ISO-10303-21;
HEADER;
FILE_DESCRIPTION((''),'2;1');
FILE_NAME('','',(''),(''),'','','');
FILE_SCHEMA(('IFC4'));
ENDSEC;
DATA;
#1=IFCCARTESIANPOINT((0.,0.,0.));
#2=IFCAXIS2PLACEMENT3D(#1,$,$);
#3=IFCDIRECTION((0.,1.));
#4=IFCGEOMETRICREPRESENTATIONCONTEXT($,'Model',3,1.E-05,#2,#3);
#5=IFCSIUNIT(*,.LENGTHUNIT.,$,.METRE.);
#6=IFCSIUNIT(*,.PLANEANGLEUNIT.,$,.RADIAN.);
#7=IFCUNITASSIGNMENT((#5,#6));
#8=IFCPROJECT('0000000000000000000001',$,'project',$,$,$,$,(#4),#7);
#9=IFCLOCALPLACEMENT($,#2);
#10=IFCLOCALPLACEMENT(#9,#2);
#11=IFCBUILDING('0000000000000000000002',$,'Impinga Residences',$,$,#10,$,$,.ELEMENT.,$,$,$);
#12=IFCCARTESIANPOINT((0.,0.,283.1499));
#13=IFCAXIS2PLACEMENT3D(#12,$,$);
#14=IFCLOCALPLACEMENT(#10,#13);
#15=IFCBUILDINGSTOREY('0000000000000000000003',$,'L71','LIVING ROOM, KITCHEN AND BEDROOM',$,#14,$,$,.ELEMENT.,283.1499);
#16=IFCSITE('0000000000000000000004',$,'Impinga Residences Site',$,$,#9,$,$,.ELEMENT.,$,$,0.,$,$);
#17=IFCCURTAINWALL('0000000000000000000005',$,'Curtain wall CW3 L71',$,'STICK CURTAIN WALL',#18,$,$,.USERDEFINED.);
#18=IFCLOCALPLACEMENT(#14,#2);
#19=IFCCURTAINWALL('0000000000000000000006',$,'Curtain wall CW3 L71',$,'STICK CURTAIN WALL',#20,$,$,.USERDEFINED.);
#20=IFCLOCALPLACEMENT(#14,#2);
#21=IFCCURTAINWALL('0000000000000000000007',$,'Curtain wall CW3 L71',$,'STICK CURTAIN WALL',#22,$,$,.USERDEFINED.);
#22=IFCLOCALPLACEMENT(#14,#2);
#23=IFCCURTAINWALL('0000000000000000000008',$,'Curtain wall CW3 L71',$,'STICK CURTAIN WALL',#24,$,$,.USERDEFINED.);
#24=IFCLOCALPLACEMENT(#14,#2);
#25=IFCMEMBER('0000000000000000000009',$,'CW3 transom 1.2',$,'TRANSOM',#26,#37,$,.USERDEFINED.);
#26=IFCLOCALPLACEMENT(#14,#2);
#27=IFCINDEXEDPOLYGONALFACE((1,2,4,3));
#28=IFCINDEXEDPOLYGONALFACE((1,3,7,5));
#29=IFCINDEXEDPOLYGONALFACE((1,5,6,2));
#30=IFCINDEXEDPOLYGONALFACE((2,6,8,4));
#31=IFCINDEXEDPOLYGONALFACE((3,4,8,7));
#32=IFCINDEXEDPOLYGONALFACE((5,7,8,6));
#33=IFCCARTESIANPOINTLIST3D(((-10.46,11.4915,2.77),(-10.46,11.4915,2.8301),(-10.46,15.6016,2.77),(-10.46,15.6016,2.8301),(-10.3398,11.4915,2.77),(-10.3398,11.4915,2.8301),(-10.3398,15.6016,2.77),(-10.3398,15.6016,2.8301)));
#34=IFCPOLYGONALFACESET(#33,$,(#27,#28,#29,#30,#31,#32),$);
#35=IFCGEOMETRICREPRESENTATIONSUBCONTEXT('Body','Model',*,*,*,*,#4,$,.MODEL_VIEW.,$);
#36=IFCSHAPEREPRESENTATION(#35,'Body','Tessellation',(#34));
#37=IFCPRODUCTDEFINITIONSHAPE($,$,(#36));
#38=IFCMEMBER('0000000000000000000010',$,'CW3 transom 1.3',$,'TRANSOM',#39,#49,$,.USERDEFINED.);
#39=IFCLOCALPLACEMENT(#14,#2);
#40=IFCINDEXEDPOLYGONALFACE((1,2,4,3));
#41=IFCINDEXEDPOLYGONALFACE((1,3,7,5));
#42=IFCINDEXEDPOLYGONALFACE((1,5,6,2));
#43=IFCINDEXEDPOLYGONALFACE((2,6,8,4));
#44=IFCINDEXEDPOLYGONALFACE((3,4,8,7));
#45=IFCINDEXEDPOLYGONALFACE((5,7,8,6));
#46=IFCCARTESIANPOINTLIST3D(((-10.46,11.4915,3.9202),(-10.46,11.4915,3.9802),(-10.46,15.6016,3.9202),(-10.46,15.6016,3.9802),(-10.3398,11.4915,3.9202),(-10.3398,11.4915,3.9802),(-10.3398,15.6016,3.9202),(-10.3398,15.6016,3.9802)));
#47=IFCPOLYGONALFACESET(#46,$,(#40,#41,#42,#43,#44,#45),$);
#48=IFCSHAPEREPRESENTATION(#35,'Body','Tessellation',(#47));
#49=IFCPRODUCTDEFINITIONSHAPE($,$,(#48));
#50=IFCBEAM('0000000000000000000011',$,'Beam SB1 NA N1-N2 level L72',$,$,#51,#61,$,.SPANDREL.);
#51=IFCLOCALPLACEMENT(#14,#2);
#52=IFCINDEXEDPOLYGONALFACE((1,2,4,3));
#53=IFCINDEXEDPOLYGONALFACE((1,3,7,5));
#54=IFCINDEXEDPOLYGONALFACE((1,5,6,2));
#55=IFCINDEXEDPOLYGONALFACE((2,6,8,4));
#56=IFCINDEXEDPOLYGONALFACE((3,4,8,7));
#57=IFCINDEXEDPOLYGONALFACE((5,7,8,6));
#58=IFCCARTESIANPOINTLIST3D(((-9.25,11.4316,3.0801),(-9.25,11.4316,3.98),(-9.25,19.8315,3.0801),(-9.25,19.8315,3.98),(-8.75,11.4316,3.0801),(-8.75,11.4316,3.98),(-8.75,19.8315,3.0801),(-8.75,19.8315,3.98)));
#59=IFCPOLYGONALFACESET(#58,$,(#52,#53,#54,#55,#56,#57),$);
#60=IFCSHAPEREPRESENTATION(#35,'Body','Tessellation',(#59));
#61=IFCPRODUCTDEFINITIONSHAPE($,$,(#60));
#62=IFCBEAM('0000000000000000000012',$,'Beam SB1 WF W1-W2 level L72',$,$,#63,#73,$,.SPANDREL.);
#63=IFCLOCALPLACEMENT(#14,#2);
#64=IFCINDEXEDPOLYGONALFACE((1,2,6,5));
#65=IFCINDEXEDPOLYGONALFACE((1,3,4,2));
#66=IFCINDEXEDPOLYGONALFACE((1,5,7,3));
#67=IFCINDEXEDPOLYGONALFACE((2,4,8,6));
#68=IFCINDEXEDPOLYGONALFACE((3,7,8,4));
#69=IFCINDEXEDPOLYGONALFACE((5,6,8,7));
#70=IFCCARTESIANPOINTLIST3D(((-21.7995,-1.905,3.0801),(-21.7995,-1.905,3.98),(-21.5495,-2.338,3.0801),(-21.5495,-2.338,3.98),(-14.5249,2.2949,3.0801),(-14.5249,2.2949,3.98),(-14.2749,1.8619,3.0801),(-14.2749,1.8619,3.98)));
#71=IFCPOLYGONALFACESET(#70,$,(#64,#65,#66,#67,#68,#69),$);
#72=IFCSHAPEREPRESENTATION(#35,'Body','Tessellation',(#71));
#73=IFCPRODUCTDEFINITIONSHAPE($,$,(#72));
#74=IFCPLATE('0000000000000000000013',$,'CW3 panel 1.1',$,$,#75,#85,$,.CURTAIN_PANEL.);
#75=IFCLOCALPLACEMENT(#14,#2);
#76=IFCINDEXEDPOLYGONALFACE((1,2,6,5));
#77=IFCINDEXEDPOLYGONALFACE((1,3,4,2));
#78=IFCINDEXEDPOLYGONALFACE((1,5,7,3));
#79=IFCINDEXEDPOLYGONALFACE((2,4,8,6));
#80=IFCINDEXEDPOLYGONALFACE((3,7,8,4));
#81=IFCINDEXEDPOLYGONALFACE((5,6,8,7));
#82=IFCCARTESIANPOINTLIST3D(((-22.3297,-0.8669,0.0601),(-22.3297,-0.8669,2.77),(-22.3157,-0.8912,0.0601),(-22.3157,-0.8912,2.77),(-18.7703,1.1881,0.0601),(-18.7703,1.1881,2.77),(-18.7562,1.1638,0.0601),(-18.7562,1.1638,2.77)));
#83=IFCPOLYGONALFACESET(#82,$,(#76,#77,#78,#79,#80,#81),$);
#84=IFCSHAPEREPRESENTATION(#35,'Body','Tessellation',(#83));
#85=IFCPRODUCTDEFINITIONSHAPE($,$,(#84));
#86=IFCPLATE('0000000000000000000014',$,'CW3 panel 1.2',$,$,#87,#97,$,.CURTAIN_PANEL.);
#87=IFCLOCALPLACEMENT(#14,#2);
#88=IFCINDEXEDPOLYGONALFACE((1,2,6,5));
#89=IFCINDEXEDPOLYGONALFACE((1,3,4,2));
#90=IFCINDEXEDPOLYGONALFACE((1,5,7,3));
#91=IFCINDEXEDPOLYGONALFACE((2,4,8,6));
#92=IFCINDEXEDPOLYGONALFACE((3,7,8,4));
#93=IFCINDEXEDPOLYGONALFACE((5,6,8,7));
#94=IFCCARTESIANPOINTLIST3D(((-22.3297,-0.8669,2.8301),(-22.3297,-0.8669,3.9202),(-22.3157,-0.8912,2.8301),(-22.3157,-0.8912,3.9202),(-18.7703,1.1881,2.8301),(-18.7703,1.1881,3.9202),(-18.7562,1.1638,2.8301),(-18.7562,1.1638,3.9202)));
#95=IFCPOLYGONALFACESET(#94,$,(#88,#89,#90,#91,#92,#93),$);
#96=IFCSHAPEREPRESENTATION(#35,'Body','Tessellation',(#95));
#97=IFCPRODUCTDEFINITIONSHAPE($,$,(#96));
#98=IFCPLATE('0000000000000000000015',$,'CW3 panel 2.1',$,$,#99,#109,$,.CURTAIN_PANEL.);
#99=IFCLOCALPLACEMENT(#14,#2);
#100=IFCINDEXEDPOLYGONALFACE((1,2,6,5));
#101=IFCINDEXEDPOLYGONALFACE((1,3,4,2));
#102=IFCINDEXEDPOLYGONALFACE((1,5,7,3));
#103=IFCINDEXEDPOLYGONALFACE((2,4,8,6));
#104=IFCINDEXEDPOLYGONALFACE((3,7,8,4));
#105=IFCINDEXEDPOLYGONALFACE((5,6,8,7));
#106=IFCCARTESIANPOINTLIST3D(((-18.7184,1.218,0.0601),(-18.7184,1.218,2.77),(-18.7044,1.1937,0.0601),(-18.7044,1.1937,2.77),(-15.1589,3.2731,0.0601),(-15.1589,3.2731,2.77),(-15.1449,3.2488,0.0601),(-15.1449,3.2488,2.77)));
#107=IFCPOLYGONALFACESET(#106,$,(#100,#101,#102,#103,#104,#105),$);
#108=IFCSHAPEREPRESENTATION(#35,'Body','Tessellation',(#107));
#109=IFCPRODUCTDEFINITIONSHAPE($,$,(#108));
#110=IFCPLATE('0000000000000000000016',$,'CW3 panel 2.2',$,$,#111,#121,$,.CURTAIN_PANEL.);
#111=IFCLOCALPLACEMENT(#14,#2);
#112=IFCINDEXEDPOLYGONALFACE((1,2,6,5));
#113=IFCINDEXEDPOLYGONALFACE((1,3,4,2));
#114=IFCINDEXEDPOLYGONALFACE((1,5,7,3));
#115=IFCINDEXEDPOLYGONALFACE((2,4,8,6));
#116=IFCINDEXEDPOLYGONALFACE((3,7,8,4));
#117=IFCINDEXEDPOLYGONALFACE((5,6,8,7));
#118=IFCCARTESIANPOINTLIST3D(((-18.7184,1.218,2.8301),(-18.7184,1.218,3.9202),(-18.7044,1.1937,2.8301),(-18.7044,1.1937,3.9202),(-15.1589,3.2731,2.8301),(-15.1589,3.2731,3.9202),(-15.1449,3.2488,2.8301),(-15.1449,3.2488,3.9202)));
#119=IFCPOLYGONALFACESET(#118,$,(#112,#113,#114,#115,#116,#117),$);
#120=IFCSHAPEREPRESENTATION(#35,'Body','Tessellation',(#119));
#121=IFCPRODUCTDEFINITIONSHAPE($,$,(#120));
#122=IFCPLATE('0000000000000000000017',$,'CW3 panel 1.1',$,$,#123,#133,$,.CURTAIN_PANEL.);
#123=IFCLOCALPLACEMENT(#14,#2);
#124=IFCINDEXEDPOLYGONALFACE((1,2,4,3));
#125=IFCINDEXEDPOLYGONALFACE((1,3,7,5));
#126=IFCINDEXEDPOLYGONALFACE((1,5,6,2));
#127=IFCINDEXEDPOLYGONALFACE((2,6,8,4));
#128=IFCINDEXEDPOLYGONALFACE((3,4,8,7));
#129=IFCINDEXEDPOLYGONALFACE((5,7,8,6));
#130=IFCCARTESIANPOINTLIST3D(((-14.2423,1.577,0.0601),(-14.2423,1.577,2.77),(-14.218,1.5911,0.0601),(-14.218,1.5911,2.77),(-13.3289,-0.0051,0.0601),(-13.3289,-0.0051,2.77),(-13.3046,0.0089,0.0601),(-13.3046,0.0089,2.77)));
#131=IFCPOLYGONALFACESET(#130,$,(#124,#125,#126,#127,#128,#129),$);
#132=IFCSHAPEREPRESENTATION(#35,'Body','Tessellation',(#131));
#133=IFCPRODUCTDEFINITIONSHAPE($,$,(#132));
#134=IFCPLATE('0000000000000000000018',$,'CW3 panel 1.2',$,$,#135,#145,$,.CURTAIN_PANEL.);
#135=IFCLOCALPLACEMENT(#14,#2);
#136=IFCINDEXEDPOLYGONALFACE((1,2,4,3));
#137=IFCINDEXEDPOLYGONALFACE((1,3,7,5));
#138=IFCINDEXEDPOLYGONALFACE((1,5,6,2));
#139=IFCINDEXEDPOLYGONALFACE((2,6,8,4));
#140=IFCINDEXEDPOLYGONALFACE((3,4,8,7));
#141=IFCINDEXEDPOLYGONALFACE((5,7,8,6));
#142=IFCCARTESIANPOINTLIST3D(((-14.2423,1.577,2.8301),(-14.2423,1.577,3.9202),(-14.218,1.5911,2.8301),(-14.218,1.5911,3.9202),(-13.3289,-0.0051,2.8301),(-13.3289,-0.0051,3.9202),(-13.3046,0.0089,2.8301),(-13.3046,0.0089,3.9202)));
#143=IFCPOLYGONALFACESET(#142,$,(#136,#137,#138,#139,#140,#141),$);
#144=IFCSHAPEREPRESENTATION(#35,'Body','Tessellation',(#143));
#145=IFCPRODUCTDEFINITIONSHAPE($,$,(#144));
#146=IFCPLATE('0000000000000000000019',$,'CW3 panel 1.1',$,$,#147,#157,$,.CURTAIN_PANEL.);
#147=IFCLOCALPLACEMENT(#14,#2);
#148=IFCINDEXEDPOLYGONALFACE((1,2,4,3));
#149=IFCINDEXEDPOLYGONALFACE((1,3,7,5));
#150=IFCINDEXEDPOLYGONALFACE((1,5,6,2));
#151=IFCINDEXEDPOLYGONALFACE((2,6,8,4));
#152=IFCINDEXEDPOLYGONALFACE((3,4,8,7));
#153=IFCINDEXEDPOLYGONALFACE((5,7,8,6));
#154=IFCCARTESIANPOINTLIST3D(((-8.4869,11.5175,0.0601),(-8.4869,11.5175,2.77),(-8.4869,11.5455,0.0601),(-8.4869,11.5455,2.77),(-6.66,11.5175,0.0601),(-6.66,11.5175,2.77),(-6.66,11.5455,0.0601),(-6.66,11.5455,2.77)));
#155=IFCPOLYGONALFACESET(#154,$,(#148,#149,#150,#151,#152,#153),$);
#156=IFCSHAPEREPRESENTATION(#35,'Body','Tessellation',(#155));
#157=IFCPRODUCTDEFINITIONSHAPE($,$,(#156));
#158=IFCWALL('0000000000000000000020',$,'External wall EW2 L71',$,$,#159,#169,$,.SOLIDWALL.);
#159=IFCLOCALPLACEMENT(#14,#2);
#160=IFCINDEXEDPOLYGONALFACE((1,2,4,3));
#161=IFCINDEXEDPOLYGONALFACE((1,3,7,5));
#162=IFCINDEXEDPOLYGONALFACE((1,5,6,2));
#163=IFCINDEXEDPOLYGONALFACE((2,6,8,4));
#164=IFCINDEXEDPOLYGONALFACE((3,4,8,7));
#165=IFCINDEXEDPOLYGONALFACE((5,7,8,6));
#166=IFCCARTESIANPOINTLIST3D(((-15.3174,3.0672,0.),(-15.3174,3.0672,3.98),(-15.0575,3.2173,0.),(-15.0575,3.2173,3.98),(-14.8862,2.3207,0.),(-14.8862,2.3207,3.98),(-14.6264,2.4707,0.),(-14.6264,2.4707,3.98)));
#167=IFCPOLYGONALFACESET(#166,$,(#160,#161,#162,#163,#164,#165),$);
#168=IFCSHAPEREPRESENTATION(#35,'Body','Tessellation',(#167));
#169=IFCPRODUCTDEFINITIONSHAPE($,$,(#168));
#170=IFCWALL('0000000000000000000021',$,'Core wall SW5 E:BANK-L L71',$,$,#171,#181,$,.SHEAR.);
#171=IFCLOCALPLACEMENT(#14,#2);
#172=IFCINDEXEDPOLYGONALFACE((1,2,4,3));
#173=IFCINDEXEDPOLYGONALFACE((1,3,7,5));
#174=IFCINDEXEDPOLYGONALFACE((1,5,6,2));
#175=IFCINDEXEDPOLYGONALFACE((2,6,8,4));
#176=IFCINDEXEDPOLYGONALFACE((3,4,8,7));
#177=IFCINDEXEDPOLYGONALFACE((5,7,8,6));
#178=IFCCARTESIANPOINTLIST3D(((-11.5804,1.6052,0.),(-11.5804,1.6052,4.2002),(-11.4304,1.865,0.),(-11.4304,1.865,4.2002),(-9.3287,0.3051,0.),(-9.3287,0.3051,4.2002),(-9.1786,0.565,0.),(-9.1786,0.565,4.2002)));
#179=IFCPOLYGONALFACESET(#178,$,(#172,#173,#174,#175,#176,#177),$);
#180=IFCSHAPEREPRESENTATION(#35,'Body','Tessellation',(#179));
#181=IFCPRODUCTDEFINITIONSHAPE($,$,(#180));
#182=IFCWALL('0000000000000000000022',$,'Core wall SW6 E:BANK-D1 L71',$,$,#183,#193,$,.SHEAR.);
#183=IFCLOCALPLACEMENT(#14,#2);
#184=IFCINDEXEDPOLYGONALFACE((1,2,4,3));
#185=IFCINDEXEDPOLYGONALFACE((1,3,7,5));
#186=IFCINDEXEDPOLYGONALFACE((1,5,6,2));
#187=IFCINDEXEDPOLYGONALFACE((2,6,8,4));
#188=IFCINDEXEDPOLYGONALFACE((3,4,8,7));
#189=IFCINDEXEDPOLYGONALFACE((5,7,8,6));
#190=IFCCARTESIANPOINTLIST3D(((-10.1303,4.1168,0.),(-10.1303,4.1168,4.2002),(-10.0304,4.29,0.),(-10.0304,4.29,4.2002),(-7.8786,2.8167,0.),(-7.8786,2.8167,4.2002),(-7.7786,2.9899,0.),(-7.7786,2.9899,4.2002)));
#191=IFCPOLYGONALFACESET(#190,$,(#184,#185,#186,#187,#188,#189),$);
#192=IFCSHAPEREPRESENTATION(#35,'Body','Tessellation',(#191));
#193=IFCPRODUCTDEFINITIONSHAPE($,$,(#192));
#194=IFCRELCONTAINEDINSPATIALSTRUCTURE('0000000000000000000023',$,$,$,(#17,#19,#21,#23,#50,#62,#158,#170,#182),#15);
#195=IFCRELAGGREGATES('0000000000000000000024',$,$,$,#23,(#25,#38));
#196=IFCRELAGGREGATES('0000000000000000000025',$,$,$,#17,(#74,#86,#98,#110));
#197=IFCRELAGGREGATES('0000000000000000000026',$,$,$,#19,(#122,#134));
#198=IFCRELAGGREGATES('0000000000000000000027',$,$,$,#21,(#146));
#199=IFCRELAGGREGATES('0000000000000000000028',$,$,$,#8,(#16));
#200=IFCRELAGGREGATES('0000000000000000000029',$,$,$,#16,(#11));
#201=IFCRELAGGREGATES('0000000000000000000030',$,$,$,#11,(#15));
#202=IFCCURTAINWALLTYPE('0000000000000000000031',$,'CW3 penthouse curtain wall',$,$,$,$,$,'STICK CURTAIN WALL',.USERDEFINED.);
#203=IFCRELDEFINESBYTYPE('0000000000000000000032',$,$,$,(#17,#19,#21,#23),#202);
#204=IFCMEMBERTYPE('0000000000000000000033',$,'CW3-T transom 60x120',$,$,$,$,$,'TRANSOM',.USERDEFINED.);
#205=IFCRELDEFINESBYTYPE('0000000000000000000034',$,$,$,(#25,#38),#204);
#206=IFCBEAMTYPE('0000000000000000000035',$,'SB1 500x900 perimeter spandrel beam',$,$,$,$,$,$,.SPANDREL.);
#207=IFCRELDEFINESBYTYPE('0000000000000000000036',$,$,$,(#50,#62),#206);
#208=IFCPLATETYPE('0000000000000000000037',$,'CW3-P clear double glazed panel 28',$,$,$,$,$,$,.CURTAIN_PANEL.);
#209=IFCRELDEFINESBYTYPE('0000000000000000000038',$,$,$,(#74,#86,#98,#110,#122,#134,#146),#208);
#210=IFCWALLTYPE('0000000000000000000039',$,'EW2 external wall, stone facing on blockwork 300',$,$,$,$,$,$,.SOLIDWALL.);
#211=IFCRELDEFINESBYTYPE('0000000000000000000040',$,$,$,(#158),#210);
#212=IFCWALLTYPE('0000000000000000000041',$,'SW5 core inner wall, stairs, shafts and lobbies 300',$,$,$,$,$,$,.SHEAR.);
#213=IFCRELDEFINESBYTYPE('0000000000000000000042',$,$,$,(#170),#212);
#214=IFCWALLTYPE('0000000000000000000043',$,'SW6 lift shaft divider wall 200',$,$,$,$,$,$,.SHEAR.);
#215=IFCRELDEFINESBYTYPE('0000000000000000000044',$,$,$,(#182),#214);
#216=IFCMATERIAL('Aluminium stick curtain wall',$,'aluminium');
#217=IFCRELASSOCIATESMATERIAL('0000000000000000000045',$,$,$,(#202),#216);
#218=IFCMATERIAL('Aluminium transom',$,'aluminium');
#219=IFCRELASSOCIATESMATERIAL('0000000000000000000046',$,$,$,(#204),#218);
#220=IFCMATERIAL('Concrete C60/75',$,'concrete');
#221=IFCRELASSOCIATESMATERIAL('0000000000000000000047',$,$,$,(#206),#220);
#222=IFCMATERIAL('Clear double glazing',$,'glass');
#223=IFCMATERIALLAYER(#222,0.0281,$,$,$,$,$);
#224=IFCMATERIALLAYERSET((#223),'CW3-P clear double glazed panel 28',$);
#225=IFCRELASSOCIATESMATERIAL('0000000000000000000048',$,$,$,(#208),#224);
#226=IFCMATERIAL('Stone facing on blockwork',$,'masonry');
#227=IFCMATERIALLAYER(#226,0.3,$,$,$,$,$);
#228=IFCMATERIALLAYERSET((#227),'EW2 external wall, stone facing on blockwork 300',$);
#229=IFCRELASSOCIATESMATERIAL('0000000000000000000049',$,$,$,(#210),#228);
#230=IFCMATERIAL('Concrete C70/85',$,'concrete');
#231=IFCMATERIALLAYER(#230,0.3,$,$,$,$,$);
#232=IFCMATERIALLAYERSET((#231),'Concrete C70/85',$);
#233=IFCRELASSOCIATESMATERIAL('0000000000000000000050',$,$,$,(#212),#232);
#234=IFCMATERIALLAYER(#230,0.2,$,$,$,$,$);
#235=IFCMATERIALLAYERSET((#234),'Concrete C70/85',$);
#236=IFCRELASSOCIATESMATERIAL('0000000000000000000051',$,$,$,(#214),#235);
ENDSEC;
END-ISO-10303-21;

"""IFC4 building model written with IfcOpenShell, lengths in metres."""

from ifc_helpers import new_model, si_unit, direction, frame, frame_2d, origin, origin_2d, place, context, subcontext, project, spatial, rectangle, extrude, material, layer, layer_set, material_profile, profile_set, type_object, element, aggregate, save


model = new_model("IFC4")

# Units and contexts
model_context = context("Model", 3, precision=1e-05, world=origin(), true_north=direction((0.0, 1.0)))
body_context = subcontext(model_context, "Body", "Model", "MODEL_VIEW")
ifc_project = project(units=[si_unit("LENGTHUNIT", "METRE"), si_unit("PLANEANGLEUNIT", "RADIAN")], contexts=[model_context])

# Site, building, storey
site_placement = place(None, origin())
site = spatial("IfcSite", under=ifc_project, at=site_placement, Name="Impinga Residences Site", CompositionType="ELEMENT", RefElevation=0.0)
building_placement = place(site_placement, origin())
building = spatial("IfcBuilding", under=site, at=building_placement, Name="Impinga Residences", CompositionType="ELEMENT")
storey_placement = place(building_placement, frame((0.0, 0.0, 283.1499)))
storey = spatial("IfcBuildingStorey", under=building, at=storey_placement, Name="L71", Description="LIVING ROOM, KITCHEN AND BEDROOM", CompositionType="ELEMENT", Elevation=283.1499)

# Shared definitions
ifc_material_1 = material(Name="Concrete C60/75", Category="concrete")

# Curtain wall
ifc_material_2 = material(Name="Aluminium stick curtain wall", Category="aluminium")
curtain_wall_type = type_object("IfcCurtainWallType", Name="CW3 penthouse curtain wall", ElementType="STICK CURTAIN WALL", PredefinedType="USERDEFINED", material=ifc_material_2)
curtain_wall_1_placement = place(storey_placement, origin())
curtain_wall_1 = element("IfcCurtainWall", 1, at=curtain_wall_1_placement, inside=storey, type_object=curtain_wall_type, Name="Curtain wall CW3 L71", ObjectType="STICK CURTAIN WALL", PredefinedType="USERDEFINED")

# Curtain walls
curtain_wall_2_placement = place(storey_placement, origin())
curtain_wall_2 = element("IfcCurtainWall", 2, at=curtain_wall_2_placement, inside=storey, type_object=curtain_wall_type, Name="Curtain wall CW3 L71", ObjectType="STICK CURTAIN WALL", PredefinedType="USERDEFINED")
curtain_wall_3_placement = place(storey_placement, origin())
curtain_wall_3 = element("IfcCurtainWall", 3, at=curtain_wall_3_placement, inside=storey, type_object=curtain_wall_type, Name="Curtain wall CW3 L71", ObjectType="STICK CURTAIN WALL", PredefinedType="USERDEFINED")
curtain_wall_4_placement = place(storey_placement, origin())
curtain_wall_4 = element("IfcCurtainWall", 4, at=curtain_wall_4_placement, inside=storey, type_object=curtain_wall_type, Name="Curtain wall CW3 L71", ObjectType="STICK CURTAIN WALL", PredefinedType="USERDEFINED")

# Members
ifc_material_3 = material(Name="Aluminium transom", Category="aluminium")
ifc_material_profile_1 = material_profile(ifc_material_3, rectangle(XDim=0.0601, YDim=0.1201, at=origin_2d()), Name="60x120 transom")
ifc_profile_set_1 = profile_set([ifc_material_profile_1], Name="Aluminium transom")
member_type_1 = type_object("IfcMemberType", Name="CW3-T transom 60x120", ElementType="TRANSOM", PredefinedType="USERDEFINED", material=ifc_profile_set_1)
member_1_placement = place(storey_placement, frame((-10.3999, 11.4915, 2.8), z_axis=(0.0, 1.0, 0.0), x_axis=(0.0, 0.0, 1.0)))
member_1 = element("IfcMember", 5, at=member_1_placement, type_object=member_type_1, Name="CW3 transom 1.2", ObjectType="TRANSOM", PredefinedType="USERDEFINED", context=body_context, shape_type="SweptSolid", body=[
    extrude(rectangle(XDim=0.0601, YDim=0.1201, at=origin_2d()), origin(), (0.0, 0.0, 1.0), 4.1101),
])
member_2_placement = place(storey_placement, frame((-10.3999, 11.4915, 3.9502), z_axis=(0.0, 1.0, 0.0), x_axis=(0.0, 0.0, 1.0)))
member_2 = element("IfcMember", 6, at=member_2_placement, type_object=member_type_1, Name="CW3 transom 1.3", ObjectType="TRANSOM", PredefinedType="USERDEFINED", context=body_context, shape_type="SweptSolid", body=[
    extrude(rectangle(XDim=0.0601, YDim=0.1201, at=origin_2d()), origin(), (0.0, 0.0, 1.0), 4.1101),
])
aggregate(curtain_wall_4, [member_1, member_2])

# Beams
ifc_material_profile_2 = material_profile(ifc_material_1, rectangle(XDim=0.5, YDim=0.8999, at=origin_2d()), Name="RC 500x900")
ifc_profile_set_2 = profile_set([ifc_material_profile_2], Name="Concrete C60/75")
beam_type = type_object("IfcBeamType", Name="SB1 500x900 perimeter spandrel beam", PredefinedType="SPANDREL", material=ifc_profile_set_2)
for number, where, z_axis, x_axis, name in (
    (7, (-9.0, 11.4316, 3.53), (0.0, 1.0, 0.0), (-1.0, 0.0, 0.0), "Beam SB1 NA N1-N2 level L72"),
    (8, (-14.3999, 2.0784, 3.53), (-0.866029, -0.499993, 0.0), (0.499993, -0.866029, 0.0), "Beam SB1 WF W1-W2 level L72"),
):
    element("IfcBeam", number, at=place(storey_placement, frame(where, z_axis=z_axis, x_axis=x_axis)), inside=storey, type_object=beam_type, Name=name, PredefinedType="SPANDREL", context=body_context, shape_type="SweptSolid", body=[
        extrude(rectangle(XDim=0.5, YDim=0.8999, at=origin_2d()), origin(), (0.0, 0.0, 1.0), 8.3999),
    ])

# Plates
ifc_material_4 = material(Name="Clear double glazing", Category="glass")
ifc_layer_1 = layer(ifc_material_4, 0.0281)
ifc_layer_set_1 = layer_set([ifc_layer_1], Name="CW3-P clear double glazed panel 28")
plate_type = type_object("IfcPlateType", Name="CW3-P clear double glazed panel 28", PredefinedType="CURTAIN_PANEL", material=ifc_layer_set_1)
plate_1_placement = place(storey_placement, frame((-20.543, 0.1484, 0.0601), z_axis=(0.0, 0.0, 1.0), x_axis=(0.866025, 0.5, 0.0)))
plate_1 = element("IfcPlate", 9, at=plate_1_placement, type_object=plate_type, Name="CW3 panel 1.1", PredefinedType="CURTAIN_PANEL", context=body_context, shape_type="SweptSolid", body=[
    extrude(rectangle(XDim=4.1101, YDim=0.0281, at=origin_2d()), origin(), (0.0, 0.0, 1.0), 2.71),
])
plate_2_placement = place(storey_placement, frame((-20.543, 0.1484, 2.8301), z_axis=(0.0, 0.0, 1.0), x_axis=(0.866025, 0.5, 0.0)))
plate_2 = element("IfcPlate", 10, at=plate_2_placement, type_object=plate_type, Name="CW3 panel 1.2", PredefinedType="CURTAIN_PANEL", context=body_context, shape_type="SweptSolid", body=[
    extrude(rectangle(XDim=4.1101, YDim=0.0281, at=origin_2d()), origin(), (0.0, 0.0, 1.0), 1.0901),
])
plate_3_placement = place(storey_placement, frame((-16.9316, 2.2334, 0.0601), z_axis=(0.0, 0.0, 1.0), x_axis=(0.866025, 0.5, 0.0)))
plate_3 = element("IfcPlate", 11, at=plate_3_placement, type_object=plate_type, Name="CW3 panel 2.1", PredefinedType="CURTAIN_PANEL", context=body_context, shape_type="SweptSolid", body=[
    extrude(rectangle(XDim=4.1101, YDim=0.0281, at=origin_2d()), origin(), (0.0, 0.0, 1.0), 2.71),
])
plate_4_placement = place(storey_placement, frame((-16.9316, 2.2334, 2.8301), z_axis=(0.0, 0.0, 1.0), x_axis=(0.866025, 0.5, 0.0)))
plate_4 = element("IfcPlate", 12, at=plate_4_placement, type_object=plate_type, Name="CW3 panel 2.2", PredefinedType="CURTAIN_PANEL", context=body_context, shape_type="SweptSolid", body=[
    extrude(rectangle(XDim=4.1101, YDim=0.0281, at=origin_2d()), origin(), (0.0, 0.0, 1.0), 1.0901),
])
aggregate(curtain_wall_1, [plate_1, plate_2, plate_3, plate_4])
plate_5_placement = place(storey_placement, frame((-13.7734, 0.793, 0.0601), z_axis=(0.0, 0.0, 1.0), x_axis=(0.5, -0.866025, 0.0)))
plate_5 = element("IfcPlate", 13, at=plate_5_placement, type_object=plate_type, Name="CW3 panel 1.1", PredefinedType="CURTAIN_PANEL", context=body_context, shape_type="SweptSolid", body=[
    extrude(rectangle(XDim=1.8269, YDim=0.0281, at=origin_2d()), origin(), (0.0, 0.0, 1.0), 2.71),
])
plate_6_placement = place(storey_placement, frame((-13.7734, 0.793, 2.8301), z_axis=(0.0, 0.0, 1.0), x_axis=(0.5, -0.866025, 0.0)))
plate_6 = element("IfcPlate", 14, at=plate_6_placement, type_object=plate_type, Name="CW3 panel 1.2", PredefinedType="CURTAIN_PANEL", context=body_context, shape_type="SweptSolid", body=[
    extrude(rectangle(XDim=1.8269, YDim=0.0281, at=origin_2d()), origin(), (0.0, 0.0, 1.0), 1.0901),
])
aggregate(curtain_wall_2, [plate_5, plate_6])
plate_7_placement = place(storey_placement, frame((-7.5735, 11.5315, 0.0601), z_axis=(0.0, 0.0, 1.0), x_axis=(-1.0, 0.0, 0.0)))
plate_7 = element("IfcPlate", 15, at=plate_7_placement, type_object=plate_type, Name="CW3 panel 1.1", PredefinedType="CURTAIN_PANEL", context=body_context, shape_type="SweptSolid", body=[
    extrude(rectangle(XDim=1.8269, YDim=0.0281, at=origin_2d()), origin(), (0.0, 0.0, 1.0), 2.71),
])
aggregate(curtain_wall_3, [plate_7])

# Walls
ifc_material_5 = material(Name="Stone facing on blockwork", Category="masonry")
ifc_layer_2 = layer(ifc_material_5, 0.3)
ifc_layer_set_2 = layer_set([ifc_layer_2], Name="EW2 external wall, stone facing on blockwork 300")
wall_type_1 = type_object("IfcWallType", Name="EW2 external wall, stone facing on blockwork 300", PredefinedType="SOLIDWALL", material=ifc_layer_set_2)
wall_1_placement = place(storey_placement, frame((-15.1875, 3.1423, 0.0), z_axis=(0.0, 0.0, 1.0), x_axis=(0.500098, -0.865969, 0.0)))
element("IfcWall", 16, at=wall_1_placement, inside=storey, type_object=wall_type_1, Name="External wall EW2 L71", PredefinedType="SOLIDWALL", context=body_context, shape_type="SweptSolid", body=[
    extrude(rectangle(XDim=0.8621, YDim=0.3, at=frame_2d((0.4312, 0.0))), origin(), (0.0, 0.0, 1.0), 3.98),
])
ifc_material_6 = material(Name="Concrete C70/85", Category="concrete")
ifc_layer_3 = layer(ifc_material_6, 0.3)
ifc_layer_set_3 = layer_set([ifc_layer_3], Name="Concrete C70/85")
wall_type_2 = type_object("IfcWallType", Name="SW5 core inner wall, stairs, shafts and lobbies 300", PredefinedType="SHEAR", material=ifc_layer_set_3)
wall_2_placement = place(storey_placement, frame((-9.2537, 0.4351, 0.0), z_axis=(0.0, 0.0, 1.0), x_axis=(-0.866021, 0.500007, 0.0)))
element("IfcWall", 17, at=wall_2_placement, inside=storey, type_object=wall_type_2, Name="Core wall SW5 E:BANK-L L71", PredefinedType="SHEAR", context=body_context, shape_type="SweptSolid", body=[
    extrude(rectangle(XDim=2.6001, YDim=0.3, at=frame_2d((1.3, 0.0))), origin(), (0.0, 0.0, 1.0), 4.2002),
])
ifc_layer_4 = layer(ifc_material_6, 0.2)
ifc_layer_set_4 = layer_set([ifc_layer_4], Name="Concrete C70/85")
wall_type_3 = type_object("IfcWallType", Name="SW6 lift shaft divider wall 200", PredefinedType="SHEAR", material=ifc_layer_set_4)
wall_3_placement = place(storey_placement, frame((-7.8286, 2.9033, 0.0), z_axis=(0.0, 0.0, 1.0), x_axis=(-0.866021, 0.500007, 0.0)))
element("IfcWall", 18, at=wall_3_placement, inside=storey, type_object=wall_type_3, Name="Core wall SW6 E:BANK-D1 L71", PredefinedType="SHEAR", context=body_context, shape_type="SweptSolid", body=[
    extrude(rectangle(XDim=2.6001, YDim=0.2, at=frame_2d((1.3, 0.0))), origin(), (0.0, 0.0, 1.0), 4.2002),
])

save(model, "model.ifc")
